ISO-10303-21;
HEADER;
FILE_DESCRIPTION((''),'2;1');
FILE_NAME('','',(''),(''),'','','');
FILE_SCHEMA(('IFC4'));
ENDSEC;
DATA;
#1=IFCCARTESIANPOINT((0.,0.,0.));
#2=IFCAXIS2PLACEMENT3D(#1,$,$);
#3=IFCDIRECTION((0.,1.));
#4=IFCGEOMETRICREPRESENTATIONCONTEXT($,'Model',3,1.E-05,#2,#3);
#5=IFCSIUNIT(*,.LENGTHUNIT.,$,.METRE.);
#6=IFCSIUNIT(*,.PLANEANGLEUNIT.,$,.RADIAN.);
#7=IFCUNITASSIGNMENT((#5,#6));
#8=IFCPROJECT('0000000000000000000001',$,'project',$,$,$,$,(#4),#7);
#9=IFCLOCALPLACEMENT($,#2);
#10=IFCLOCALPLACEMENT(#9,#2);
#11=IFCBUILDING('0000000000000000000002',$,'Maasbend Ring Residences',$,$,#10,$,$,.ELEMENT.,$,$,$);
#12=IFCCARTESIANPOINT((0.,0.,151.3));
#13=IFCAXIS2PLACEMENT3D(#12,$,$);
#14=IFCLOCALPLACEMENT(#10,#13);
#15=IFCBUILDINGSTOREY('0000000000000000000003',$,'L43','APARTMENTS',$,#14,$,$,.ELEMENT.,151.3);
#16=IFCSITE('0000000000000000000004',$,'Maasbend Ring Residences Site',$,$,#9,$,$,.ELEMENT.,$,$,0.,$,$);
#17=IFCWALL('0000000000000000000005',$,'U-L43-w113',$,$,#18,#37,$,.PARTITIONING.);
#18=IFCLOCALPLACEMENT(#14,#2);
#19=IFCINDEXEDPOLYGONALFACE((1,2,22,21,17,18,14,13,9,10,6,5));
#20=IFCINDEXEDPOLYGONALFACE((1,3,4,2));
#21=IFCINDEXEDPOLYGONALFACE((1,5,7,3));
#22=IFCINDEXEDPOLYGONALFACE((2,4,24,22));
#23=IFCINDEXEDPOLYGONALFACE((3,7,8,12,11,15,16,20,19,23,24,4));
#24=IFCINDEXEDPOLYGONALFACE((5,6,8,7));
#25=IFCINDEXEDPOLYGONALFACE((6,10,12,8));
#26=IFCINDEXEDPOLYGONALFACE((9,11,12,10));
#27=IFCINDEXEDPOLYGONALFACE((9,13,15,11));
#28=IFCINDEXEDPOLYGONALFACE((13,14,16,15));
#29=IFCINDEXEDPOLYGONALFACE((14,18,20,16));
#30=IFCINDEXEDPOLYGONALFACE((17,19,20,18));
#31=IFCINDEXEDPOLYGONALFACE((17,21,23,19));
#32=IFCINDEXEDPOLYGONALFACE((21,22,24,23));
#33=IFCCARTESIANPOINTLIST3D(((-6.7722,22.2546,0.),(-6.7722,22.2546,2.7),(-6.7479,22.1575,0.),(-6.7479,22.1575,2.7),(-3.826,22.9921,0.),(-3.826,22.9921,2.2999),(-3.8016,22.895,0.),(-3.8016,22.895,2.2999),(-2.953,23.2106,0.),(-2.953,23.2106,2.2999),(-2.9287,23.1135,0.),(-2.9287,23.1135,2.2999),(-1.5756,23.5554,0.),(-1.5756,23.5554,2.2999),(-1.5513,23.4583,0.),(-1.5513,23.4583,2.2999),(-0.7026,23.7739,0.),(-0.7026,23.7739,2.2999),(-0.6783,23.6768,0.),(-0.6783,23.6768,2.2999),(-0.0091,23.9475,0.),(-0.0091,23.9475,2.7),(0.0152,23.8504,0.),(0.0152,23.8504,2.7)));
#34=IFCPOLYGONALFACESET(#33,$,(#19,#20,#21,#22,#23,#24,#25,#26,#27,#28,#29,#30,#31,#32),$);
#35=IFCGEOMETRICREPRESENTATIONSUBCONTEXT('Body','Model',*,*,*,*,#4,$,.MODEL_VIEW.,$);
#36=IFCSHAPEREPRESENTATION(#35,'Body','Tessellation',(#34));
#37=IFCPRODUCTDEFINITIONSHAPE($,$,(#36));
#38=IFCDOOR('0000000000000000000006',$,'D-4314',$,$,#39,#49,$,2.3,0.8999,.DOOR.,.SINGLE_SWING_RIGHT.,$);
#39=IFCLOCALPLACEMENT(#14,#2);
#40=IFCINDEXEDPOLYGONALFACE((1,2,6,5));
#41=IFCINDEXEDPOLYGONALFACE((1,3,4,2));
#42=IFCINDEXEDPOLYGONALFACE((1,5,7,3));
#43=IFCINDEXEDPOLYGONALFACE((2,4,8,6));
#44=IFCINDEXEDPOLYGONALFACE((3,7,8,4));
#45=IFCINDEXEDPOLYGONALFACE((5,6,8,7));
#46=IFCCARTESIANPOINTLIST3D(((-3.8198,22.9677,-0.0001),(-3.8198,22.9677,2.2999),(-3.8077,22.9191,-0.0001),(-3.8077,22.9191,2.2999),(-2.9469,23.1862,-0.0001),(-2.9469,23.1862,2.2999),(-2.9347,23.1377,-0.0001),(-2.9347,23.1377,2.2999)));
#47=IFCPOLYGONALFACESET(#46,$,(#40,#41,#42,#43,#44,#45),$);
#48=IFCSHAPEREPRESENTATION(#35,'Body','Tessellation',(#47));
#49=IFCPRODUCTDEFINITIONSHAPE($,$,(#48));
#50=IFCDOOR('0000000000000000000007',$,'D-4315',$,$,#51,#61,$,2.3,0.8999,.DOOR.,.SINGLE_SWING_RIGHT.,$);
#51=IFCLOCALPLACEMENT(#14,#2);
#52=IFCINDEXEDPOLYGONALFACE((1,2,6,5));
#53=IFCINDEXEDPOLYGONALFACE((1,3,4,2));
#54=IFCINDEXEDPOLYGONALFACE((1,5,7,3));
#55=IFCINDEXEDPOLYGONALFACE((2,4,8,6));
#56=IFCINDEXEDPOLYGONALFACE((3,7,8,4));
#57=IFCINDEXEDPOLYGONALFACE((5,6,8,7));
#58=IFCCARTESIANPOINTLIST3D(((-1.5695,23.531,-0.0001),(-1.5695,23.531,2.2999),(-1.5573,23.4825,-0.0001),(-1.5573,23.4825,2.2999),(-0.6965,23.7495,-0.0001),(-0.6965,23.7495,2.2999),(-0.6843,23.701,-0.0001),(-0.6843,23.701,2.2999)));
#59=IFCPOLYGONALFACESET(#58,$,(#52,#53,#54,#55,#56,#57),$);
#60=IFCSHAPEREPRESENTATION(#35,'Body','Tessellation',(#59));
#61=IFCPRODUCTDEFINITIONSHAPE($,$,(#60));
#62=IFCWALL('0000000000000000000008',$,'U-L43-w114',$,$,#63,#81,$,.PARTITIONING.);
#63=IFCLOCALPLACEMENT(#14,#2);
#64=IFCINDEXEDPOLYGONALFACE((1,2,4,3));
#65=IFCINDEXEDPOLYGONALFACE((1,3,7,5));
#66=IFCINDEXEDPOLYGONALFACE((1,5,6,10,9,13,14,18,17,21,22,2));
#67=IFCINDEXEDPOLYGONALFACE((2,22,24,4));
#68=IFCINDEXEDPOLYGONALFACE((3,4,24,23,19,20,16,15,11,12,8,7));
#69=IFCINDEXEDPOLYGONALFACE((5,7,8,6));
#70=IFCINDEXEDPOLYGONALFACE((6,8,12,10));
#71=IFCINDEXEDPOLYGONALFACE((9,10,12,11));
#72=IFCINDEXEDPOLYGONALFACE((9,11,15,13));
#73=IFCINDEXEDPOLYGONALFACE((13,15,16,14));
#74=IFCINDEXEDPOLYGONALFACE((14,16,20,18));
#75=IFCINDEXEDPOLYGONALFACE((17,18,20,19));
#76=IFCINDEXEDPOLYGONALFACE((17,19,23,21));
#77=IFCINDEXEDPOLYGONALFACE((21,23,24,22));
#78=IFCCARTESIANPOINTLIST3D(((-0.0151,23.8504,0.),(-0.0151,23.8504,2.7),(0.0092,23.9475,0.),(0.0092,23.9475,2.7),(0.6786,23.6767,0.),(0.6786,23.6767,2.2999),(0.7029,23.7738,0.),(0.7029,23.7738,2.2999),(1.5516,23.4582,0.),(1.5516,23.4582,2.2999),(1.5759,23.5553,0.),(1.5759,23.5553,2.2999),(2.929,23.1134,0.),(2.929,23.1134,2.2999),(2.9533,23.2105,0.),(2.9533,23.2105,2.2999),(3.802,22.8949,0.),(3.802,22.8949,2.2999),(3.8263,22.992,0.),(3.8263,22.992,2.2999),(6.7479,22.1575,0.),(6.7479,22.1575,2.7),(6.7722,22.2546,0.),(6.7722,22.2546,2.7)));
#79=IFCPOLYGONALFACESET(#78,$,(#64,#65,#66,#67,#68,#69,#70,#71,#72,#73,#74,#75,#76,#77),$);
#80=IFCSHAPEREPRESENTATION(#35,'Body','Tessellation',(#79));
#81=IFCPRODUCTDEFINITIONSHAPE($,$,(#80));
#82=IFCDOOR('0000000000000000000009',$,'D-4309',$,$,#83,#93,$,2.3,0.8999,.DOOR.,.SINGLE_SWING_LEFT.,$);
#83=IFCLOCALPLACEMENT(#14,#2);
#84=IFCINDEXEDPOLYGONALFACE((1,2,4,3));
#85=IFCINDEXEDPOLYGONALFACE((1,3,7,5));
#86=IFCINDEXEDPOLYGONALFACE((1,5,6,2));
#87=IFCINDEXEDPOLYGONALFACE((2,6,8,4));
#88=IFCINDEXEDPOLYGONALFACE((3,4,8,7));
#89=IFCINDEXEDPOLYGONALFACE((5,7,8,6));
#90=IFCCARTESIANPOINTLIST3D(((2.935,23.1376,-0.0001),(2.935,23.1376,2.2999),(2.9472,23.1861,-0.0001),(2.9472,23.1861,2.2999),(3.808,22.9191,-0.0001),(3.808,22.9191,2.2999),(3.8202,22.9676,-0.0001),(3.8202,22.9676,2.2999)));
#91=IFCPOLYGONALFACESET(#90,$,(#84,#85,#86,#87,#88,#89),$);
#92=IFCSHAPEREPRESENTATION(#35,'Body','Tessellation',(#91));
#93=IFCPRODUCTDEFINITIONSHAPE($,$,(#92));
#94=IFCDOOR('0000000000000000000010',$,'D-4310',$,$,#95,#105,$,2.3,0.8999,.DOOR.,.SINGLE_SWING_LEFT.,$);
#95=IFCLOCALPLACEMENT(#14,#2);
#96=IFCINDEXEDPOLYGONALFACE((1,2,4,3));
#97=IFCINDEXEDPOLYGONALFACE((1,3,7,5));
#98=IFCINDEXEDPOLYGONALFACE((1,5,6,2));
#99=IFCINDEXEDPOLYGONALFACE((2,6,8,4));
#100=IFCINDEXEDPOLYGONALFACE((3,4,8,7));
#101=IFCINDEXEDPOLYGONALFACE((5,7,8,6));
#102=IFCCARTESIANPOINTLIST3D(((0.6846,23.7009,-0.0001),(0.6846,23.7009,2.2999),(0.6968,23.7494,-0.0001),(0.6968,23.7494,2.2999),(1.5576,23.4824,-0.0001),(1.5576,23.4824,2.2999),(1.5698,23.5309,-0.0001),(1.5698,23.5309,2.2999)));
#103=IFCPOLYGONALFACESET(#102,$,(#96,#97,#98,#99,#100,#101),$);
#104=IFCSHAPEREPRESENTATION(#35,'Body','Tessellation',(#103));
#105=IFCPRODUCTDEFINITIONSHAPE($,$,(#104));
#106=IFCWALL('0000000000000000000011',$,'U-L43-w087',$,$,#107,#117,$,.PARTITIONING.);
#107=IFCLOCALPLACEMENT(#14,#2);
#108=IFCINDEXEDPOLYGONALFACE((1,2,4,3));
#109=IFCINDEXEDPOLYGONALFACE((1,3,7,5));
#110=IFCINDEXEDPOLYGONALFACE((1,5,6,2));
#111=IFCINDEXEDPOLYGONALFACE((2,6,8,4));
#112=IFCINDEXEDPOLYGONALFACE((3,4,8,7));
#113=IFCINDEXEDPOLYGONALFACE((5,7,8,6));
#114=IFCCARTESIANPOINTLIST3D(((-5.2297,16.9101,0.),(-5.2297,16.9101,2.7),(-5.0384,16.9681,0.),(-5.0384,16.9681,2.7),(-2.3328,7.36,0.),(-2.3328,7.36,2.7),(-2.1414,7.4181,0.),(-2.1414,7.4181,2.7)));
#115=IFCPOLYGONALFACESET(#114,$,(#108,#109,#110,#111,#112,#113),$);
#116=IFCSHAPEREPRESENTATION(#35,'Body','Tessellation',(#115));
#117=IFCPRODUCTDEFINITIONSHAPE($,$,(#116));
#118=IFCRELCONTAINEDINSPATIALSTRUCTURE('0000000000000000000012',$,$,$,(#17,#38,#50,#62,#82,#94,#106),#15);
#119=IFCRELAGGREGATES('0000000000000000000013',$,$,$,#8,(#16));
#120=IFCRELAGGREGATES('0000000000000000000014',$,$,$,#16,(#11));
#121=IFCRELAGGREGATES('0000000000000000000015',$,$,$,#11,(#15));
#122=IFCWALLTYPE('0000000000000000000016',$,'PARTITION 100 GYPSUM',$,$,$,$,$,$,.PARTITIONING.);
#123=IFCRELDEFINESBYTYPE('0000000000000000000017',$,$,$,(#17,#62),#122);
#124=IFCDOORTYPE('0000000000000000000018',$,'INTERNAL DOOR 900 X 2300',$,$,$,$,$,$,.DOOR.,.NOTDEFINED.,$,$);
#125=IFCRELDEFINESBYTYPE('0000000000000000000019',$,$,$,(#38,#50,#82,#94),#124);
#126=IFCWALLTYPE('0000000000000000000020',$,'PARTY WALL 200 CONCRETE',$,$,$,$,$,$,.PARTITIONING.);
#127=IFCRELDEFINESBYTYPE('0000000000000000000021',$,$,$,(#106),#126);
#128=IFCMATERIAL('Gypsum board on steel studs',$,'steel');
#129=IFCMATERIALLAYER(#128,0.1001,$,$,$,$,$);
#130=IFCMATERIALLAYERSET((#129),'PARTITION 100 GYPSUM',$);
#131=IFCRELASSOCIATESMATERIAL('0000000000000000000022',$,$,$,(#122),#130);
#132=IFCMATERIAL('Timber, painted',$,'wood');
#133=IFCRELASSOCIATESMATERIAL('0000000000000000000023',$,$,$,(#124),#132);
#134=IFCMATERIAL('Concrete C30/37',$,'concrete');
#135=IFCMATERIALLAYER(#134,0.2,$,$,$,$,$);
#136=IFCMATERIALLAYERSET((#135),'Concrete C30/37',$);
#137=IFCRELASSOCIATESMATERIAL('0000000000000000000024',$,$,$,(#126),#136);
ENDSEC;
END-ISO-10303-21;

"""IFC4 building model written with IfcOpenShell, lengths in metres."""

from ifc_helpers import new_model, si_unit, direction, frame, frame_2d, origin, place, context, subcontext, project, spatial, rectangle, extrude, material, layer, layer_set, type_object, element, fill, save


model = new_model("IFC4")

# Units and contexts
model_context = context("Model", 3, precision=1e-05, world=origin(), true_north=direction((0.0, 1.0)))
body_context = subcontext(model_context, "Body", "Model", "MODEL_VIEW")
ifc_project = project(units=[si_unit("LENGTHUNIT", "METRE"), si_unit("PLANEANGLEUNIT", "RADIAN")], contexts=[model_context])

# Site, building, storey
site_placement = place(None, origin())
site = spatial("IfcSite", under=ifc_project, at=site_placement, Name="Maasbend Ring Residences Site", CompositionType="ELEMENT", RefElevation=0.0)
building_placement = place(site_placement, origin())
building = spatial("IfcBuilding", under=site, at=building_placement, Name="Maasbend Ring Residences", CompositionType="ELEMENT")
storey_placement = place(building_placement, frame((0.0, 0.0, 151.3)))
storey = spatial("IfcBuildingStorey", under=building, at=storey_placement, Name="L43", Description="APARTMENTS", CompositionType="ELEMENT", Elevation=151.3)

# Shared definitions
ifc_material_1 = material(Name="Gypsum board on steel studs", Category="steel")
ifc_layer_1 = layer(ifc_material_1, 0.1001)
ifc_layer_set_1 = layer_set([ifc_layer_1], Name="PARTITION 100 GYPSUM")
wall_type_1 = type_object("IfcWallType", Name="PARTITION 100 GYPSUM", PredefinedType="PARTITIONING", material=ifc_layer_set_1)

# Shared definitions
ifc_material_2 = material(Name="Timber, painted", Category="wood")
door_type_1 = type_object("IfcDoorType", Name="INTERNAL DOOR 900 X 2300", OperationType="NOTDEFINED", PredefinedType="DOOR", material=ifc_material_2)

# Walls, openings, doors
wall_1_placement = place(storey_placement, frame((-6.76, 22.2061, 0.0), z_axis=(0.0, 0.0, 1.0), x_axis=(0.97007, 0.242824, 0.0)))
wall_1 = element("IfcWall", 1, at=wall_1_placement, inside=storey, type_object=wall_type_1, Name="U-L43-w113", PredefinedType="PARTITIONING", context=body_context, shape_type="SweptSolid", body=[
    extrude(rectangle(XDim=6.9717, YDim=0.1001, at=frame_2d((3.4858, 0.0))), origin(), (0.0, 0.0, 1.0), 2.7),
])
opening_1_placement = place(wall_1_placement, frame((3.0371, 0.0, 0.0)))
opening_1 = element("IfcOpeningElement", 2, at=opening_1_placement, cuts=wall_1, PredefinedType="OPENING", context=body_context, shape_type="SweptSolid", body=[
    extrude(rectangle(XDim=0.8999, YDim=2.3, at=frame_2d((0.45, 1.1499))), frame((0.0, 0.0601, 0.0), z_axis=(0.0, -1.0, 0.0), x_axis=(1.0, 0.0, 0.0)), (0.0, 0.0, 1.0), 0.1201),
])
opening_2_placement = place(wall_1_placement, frame((5.3569, 0.0, 0.0)))
opening_2 = element("IfcOpeningElement", 3, at=opening_2_placement, cuts=wall_1, PredefinedType="OPENING", context=body_context, shape_type="SweptSolid", body=[
    extrude(rectangle(XDim=0.8999, YDim=2.3, at=frame_2d((0.45, 1.1499))), frame((0.0, 0.0601, 0.0), z_axis=(0.0, -1.0, 0.0), x_axis=(1.0, 0.0, 0.0)), (0.0, 0.0, 1.0), 0.1201),
])
door_1_placement = place(opening_1_placement, origin())
door_1 = element("IfcDoor", 4, at=door_1_placement, inside=storey, type_object=door_type_1, Name="D-4314", OperationType="SINGLE_SWING_RIGHT", OverallHeight=2.3, OverallWidth=0.8999, PredefinedType="DOOR", context=body_context, shape_type="SweptSolid", body=[
    extrude(rectangle(XDim=0.8999, YDim=2.3, at=frame_2d((0.45, 1.1499))), frame((0.0, 0.0249, 0.0), z_axis=(0.0, -1.0, 0.0), x_axis=(1.0, 0.0, 0.0)), (0.0, 0.0, 1.0), 0.05),
])
fill(opening_1, door_1)
door_2_placement = place(opening_2_placement, origin())
door_2 = element("IfcDoor", 5, at=door_2_placement, inside=storey, type_object=door_type_1, Name="D-4315", OperationType="SINGLE_SWING_RIGHT", OverallHeight=2.3, OverallWidth=0.8999, PredefinedType="DOOR", context=body_context, shape_type="SweptSolid", body=[
    extrude(rectangle(XDim=0.8999, YDim=2.3, at=frame_2d((0.45, 1.1499))), frame((0.0, 0.0249, 0.0), z_axis=(0.0, -1.0, 0.0), x_axis=(1.0, 0.0, 0.0)), (0.0, 0.0, 1.0), 0.05),
])
fill(opening_2, door_2)
wall_2_placement = place(storey_placement, frame((-0.0029, 23.8989, 0.0), z_axis=(0.0, 0.0, 1.0), x_axis=(0.97007, -0.242824, 0.0)))
wall_2 = element("IfcWall", 6, at=wall_2_placement, inside=storey, type_object=wall_type_1, Name="U-L43-w114", PredefinedType="PARTITIONING", context=body_context, shape_type="SweptSolid", body=[
    extrude(rectangle(XDim=6.9717, YDim=0.1001, at=frame_2d((3.4858, 0.0))), origin(), (0.0, 0.0, 1.0), 2.7),
])
opening_3_placement = place(wall_2_placement, frame((3.0349, 0.0, 0.0)))
opening_3 = element("IfcOpeningElement", 7, at=opening_3_placement, cuts=wall_2, PredefinedType="OPENING", context=body_context, shape_type="SweptSolid", body=[
    extrude(rectangle(XDim=0.8999, YDim=2.3, at=frame_2d((0.45, 1.1499))), frame((0.0, 0.0601, 0.0), z_axis=(0.0, -1.0, 0.0), x_axis=(1.0, 0.0, 0.0)), (0.0, 0.0, 1.0), 0.1201),
])
opening_4_placement = place(wall_2_placement, frame((0.7151, 0.0, 0.0)))
opening_4 = element("IfcOpeningElement", 8, at=opening_4_placement, cuts=wall_2, PredefinedType="OPENING", context=body_context, shape_type="SweptSolid", body=[
    extrude(rectangle(XDim=0.8999, YDim=2.3, at=frame_2d((0.45, 1.1499))), frame((0.0, 0.0601, 0.0), z_axis=(0.0, -1.0, 0.0), x_axis=(1.0, 0.0, 0.0)), (0.0, 0.0, 1.0), 0.1201),
])
door_3_placement = place(opening_3_placement, origin())
door_3 = element("IfcDoor", 9, at=door_3_placement, inside=storey, type_object=door_type_1, Name="D-4309", OperationType="SINGLE_SWING_LEFT", OverallHeight=2.3, OverallWidth=0.8999, PredefinedType="DOOR", context=body_context, shape_type="SweptSolid", body=[
    extrude(rectangle(XDim=0.8999, YDim=2.3, at=frame_2d((0.45, 1.1499))), frame((0.0, 0.0249, 0.0), z_axis=(0.0, -1.0, 0.0), x_axis=(1.0, 0.0, 0.0)), (0.0, 0.0, 1.0), 0.05),
])
fill(opening_3, door_3)
door_4_placement = place(opening_4_placement, origin())
door_4 = element("IfcDoor", 10, at=door_4_placement, inside=storey, type_object=door_type_1, Name="D-4310", OperationType="SINGLE_SWING_LEFT", OverallHeight=2.3, OverallWidth=0.8999, PredefinedType="DOOR", context=body_context, shape_type="SweptSolid", body=[
    extrude(rectangle(XDim=0.8999, YDim=2.3, at=frame_2d((0.45, 1.1499))), frame((0.0, 0.0249, 0.0), z_axis=(0.0, -1.0, 0.0), x_axis=(1.0, 0.0, 0.0)), (0.0, 0.0, 1.0), 0.05),
])
fill(opening_4, door_4)

# Wall
ifc_material_3 = material(Name="Concrete C30/37", Category="concrete")
ifc_layer_2 = layer(ifc_material_3, 0.2)
ifc_layer_set_2 = layer_set([ifc_layer_2], Name="Concrete C30/37")
wall_type_2 = type_object("IfcWallType", Name="PARTY WALL 200 CONCRETE", PredefinedType="PARTITIONING", material=ifc_layer_set_2)
wall_3_placement = place(storey_placement, frame((-5.134, 16.939, 0.0), z_axis=(0.0, 0.0, 1.0), x_axis=(0.290284, -0.95694, 0.0)))
element("IfcWall", 11, at=wall_3_placement, inside=storey, type_object=wall_type_2, Name="U-L43-w087", PredefinedType="PARTITIONING", context=body_context, shape_type="SweptSolid", body=[
    extrude(rectangle(XDim=9.9797, YDim=0.2, at=frame_2d((4.9897, 0.0))), origin(), (0.0, 0.0, 1.0), 2.7),
])

save(model, "model.ifc")
